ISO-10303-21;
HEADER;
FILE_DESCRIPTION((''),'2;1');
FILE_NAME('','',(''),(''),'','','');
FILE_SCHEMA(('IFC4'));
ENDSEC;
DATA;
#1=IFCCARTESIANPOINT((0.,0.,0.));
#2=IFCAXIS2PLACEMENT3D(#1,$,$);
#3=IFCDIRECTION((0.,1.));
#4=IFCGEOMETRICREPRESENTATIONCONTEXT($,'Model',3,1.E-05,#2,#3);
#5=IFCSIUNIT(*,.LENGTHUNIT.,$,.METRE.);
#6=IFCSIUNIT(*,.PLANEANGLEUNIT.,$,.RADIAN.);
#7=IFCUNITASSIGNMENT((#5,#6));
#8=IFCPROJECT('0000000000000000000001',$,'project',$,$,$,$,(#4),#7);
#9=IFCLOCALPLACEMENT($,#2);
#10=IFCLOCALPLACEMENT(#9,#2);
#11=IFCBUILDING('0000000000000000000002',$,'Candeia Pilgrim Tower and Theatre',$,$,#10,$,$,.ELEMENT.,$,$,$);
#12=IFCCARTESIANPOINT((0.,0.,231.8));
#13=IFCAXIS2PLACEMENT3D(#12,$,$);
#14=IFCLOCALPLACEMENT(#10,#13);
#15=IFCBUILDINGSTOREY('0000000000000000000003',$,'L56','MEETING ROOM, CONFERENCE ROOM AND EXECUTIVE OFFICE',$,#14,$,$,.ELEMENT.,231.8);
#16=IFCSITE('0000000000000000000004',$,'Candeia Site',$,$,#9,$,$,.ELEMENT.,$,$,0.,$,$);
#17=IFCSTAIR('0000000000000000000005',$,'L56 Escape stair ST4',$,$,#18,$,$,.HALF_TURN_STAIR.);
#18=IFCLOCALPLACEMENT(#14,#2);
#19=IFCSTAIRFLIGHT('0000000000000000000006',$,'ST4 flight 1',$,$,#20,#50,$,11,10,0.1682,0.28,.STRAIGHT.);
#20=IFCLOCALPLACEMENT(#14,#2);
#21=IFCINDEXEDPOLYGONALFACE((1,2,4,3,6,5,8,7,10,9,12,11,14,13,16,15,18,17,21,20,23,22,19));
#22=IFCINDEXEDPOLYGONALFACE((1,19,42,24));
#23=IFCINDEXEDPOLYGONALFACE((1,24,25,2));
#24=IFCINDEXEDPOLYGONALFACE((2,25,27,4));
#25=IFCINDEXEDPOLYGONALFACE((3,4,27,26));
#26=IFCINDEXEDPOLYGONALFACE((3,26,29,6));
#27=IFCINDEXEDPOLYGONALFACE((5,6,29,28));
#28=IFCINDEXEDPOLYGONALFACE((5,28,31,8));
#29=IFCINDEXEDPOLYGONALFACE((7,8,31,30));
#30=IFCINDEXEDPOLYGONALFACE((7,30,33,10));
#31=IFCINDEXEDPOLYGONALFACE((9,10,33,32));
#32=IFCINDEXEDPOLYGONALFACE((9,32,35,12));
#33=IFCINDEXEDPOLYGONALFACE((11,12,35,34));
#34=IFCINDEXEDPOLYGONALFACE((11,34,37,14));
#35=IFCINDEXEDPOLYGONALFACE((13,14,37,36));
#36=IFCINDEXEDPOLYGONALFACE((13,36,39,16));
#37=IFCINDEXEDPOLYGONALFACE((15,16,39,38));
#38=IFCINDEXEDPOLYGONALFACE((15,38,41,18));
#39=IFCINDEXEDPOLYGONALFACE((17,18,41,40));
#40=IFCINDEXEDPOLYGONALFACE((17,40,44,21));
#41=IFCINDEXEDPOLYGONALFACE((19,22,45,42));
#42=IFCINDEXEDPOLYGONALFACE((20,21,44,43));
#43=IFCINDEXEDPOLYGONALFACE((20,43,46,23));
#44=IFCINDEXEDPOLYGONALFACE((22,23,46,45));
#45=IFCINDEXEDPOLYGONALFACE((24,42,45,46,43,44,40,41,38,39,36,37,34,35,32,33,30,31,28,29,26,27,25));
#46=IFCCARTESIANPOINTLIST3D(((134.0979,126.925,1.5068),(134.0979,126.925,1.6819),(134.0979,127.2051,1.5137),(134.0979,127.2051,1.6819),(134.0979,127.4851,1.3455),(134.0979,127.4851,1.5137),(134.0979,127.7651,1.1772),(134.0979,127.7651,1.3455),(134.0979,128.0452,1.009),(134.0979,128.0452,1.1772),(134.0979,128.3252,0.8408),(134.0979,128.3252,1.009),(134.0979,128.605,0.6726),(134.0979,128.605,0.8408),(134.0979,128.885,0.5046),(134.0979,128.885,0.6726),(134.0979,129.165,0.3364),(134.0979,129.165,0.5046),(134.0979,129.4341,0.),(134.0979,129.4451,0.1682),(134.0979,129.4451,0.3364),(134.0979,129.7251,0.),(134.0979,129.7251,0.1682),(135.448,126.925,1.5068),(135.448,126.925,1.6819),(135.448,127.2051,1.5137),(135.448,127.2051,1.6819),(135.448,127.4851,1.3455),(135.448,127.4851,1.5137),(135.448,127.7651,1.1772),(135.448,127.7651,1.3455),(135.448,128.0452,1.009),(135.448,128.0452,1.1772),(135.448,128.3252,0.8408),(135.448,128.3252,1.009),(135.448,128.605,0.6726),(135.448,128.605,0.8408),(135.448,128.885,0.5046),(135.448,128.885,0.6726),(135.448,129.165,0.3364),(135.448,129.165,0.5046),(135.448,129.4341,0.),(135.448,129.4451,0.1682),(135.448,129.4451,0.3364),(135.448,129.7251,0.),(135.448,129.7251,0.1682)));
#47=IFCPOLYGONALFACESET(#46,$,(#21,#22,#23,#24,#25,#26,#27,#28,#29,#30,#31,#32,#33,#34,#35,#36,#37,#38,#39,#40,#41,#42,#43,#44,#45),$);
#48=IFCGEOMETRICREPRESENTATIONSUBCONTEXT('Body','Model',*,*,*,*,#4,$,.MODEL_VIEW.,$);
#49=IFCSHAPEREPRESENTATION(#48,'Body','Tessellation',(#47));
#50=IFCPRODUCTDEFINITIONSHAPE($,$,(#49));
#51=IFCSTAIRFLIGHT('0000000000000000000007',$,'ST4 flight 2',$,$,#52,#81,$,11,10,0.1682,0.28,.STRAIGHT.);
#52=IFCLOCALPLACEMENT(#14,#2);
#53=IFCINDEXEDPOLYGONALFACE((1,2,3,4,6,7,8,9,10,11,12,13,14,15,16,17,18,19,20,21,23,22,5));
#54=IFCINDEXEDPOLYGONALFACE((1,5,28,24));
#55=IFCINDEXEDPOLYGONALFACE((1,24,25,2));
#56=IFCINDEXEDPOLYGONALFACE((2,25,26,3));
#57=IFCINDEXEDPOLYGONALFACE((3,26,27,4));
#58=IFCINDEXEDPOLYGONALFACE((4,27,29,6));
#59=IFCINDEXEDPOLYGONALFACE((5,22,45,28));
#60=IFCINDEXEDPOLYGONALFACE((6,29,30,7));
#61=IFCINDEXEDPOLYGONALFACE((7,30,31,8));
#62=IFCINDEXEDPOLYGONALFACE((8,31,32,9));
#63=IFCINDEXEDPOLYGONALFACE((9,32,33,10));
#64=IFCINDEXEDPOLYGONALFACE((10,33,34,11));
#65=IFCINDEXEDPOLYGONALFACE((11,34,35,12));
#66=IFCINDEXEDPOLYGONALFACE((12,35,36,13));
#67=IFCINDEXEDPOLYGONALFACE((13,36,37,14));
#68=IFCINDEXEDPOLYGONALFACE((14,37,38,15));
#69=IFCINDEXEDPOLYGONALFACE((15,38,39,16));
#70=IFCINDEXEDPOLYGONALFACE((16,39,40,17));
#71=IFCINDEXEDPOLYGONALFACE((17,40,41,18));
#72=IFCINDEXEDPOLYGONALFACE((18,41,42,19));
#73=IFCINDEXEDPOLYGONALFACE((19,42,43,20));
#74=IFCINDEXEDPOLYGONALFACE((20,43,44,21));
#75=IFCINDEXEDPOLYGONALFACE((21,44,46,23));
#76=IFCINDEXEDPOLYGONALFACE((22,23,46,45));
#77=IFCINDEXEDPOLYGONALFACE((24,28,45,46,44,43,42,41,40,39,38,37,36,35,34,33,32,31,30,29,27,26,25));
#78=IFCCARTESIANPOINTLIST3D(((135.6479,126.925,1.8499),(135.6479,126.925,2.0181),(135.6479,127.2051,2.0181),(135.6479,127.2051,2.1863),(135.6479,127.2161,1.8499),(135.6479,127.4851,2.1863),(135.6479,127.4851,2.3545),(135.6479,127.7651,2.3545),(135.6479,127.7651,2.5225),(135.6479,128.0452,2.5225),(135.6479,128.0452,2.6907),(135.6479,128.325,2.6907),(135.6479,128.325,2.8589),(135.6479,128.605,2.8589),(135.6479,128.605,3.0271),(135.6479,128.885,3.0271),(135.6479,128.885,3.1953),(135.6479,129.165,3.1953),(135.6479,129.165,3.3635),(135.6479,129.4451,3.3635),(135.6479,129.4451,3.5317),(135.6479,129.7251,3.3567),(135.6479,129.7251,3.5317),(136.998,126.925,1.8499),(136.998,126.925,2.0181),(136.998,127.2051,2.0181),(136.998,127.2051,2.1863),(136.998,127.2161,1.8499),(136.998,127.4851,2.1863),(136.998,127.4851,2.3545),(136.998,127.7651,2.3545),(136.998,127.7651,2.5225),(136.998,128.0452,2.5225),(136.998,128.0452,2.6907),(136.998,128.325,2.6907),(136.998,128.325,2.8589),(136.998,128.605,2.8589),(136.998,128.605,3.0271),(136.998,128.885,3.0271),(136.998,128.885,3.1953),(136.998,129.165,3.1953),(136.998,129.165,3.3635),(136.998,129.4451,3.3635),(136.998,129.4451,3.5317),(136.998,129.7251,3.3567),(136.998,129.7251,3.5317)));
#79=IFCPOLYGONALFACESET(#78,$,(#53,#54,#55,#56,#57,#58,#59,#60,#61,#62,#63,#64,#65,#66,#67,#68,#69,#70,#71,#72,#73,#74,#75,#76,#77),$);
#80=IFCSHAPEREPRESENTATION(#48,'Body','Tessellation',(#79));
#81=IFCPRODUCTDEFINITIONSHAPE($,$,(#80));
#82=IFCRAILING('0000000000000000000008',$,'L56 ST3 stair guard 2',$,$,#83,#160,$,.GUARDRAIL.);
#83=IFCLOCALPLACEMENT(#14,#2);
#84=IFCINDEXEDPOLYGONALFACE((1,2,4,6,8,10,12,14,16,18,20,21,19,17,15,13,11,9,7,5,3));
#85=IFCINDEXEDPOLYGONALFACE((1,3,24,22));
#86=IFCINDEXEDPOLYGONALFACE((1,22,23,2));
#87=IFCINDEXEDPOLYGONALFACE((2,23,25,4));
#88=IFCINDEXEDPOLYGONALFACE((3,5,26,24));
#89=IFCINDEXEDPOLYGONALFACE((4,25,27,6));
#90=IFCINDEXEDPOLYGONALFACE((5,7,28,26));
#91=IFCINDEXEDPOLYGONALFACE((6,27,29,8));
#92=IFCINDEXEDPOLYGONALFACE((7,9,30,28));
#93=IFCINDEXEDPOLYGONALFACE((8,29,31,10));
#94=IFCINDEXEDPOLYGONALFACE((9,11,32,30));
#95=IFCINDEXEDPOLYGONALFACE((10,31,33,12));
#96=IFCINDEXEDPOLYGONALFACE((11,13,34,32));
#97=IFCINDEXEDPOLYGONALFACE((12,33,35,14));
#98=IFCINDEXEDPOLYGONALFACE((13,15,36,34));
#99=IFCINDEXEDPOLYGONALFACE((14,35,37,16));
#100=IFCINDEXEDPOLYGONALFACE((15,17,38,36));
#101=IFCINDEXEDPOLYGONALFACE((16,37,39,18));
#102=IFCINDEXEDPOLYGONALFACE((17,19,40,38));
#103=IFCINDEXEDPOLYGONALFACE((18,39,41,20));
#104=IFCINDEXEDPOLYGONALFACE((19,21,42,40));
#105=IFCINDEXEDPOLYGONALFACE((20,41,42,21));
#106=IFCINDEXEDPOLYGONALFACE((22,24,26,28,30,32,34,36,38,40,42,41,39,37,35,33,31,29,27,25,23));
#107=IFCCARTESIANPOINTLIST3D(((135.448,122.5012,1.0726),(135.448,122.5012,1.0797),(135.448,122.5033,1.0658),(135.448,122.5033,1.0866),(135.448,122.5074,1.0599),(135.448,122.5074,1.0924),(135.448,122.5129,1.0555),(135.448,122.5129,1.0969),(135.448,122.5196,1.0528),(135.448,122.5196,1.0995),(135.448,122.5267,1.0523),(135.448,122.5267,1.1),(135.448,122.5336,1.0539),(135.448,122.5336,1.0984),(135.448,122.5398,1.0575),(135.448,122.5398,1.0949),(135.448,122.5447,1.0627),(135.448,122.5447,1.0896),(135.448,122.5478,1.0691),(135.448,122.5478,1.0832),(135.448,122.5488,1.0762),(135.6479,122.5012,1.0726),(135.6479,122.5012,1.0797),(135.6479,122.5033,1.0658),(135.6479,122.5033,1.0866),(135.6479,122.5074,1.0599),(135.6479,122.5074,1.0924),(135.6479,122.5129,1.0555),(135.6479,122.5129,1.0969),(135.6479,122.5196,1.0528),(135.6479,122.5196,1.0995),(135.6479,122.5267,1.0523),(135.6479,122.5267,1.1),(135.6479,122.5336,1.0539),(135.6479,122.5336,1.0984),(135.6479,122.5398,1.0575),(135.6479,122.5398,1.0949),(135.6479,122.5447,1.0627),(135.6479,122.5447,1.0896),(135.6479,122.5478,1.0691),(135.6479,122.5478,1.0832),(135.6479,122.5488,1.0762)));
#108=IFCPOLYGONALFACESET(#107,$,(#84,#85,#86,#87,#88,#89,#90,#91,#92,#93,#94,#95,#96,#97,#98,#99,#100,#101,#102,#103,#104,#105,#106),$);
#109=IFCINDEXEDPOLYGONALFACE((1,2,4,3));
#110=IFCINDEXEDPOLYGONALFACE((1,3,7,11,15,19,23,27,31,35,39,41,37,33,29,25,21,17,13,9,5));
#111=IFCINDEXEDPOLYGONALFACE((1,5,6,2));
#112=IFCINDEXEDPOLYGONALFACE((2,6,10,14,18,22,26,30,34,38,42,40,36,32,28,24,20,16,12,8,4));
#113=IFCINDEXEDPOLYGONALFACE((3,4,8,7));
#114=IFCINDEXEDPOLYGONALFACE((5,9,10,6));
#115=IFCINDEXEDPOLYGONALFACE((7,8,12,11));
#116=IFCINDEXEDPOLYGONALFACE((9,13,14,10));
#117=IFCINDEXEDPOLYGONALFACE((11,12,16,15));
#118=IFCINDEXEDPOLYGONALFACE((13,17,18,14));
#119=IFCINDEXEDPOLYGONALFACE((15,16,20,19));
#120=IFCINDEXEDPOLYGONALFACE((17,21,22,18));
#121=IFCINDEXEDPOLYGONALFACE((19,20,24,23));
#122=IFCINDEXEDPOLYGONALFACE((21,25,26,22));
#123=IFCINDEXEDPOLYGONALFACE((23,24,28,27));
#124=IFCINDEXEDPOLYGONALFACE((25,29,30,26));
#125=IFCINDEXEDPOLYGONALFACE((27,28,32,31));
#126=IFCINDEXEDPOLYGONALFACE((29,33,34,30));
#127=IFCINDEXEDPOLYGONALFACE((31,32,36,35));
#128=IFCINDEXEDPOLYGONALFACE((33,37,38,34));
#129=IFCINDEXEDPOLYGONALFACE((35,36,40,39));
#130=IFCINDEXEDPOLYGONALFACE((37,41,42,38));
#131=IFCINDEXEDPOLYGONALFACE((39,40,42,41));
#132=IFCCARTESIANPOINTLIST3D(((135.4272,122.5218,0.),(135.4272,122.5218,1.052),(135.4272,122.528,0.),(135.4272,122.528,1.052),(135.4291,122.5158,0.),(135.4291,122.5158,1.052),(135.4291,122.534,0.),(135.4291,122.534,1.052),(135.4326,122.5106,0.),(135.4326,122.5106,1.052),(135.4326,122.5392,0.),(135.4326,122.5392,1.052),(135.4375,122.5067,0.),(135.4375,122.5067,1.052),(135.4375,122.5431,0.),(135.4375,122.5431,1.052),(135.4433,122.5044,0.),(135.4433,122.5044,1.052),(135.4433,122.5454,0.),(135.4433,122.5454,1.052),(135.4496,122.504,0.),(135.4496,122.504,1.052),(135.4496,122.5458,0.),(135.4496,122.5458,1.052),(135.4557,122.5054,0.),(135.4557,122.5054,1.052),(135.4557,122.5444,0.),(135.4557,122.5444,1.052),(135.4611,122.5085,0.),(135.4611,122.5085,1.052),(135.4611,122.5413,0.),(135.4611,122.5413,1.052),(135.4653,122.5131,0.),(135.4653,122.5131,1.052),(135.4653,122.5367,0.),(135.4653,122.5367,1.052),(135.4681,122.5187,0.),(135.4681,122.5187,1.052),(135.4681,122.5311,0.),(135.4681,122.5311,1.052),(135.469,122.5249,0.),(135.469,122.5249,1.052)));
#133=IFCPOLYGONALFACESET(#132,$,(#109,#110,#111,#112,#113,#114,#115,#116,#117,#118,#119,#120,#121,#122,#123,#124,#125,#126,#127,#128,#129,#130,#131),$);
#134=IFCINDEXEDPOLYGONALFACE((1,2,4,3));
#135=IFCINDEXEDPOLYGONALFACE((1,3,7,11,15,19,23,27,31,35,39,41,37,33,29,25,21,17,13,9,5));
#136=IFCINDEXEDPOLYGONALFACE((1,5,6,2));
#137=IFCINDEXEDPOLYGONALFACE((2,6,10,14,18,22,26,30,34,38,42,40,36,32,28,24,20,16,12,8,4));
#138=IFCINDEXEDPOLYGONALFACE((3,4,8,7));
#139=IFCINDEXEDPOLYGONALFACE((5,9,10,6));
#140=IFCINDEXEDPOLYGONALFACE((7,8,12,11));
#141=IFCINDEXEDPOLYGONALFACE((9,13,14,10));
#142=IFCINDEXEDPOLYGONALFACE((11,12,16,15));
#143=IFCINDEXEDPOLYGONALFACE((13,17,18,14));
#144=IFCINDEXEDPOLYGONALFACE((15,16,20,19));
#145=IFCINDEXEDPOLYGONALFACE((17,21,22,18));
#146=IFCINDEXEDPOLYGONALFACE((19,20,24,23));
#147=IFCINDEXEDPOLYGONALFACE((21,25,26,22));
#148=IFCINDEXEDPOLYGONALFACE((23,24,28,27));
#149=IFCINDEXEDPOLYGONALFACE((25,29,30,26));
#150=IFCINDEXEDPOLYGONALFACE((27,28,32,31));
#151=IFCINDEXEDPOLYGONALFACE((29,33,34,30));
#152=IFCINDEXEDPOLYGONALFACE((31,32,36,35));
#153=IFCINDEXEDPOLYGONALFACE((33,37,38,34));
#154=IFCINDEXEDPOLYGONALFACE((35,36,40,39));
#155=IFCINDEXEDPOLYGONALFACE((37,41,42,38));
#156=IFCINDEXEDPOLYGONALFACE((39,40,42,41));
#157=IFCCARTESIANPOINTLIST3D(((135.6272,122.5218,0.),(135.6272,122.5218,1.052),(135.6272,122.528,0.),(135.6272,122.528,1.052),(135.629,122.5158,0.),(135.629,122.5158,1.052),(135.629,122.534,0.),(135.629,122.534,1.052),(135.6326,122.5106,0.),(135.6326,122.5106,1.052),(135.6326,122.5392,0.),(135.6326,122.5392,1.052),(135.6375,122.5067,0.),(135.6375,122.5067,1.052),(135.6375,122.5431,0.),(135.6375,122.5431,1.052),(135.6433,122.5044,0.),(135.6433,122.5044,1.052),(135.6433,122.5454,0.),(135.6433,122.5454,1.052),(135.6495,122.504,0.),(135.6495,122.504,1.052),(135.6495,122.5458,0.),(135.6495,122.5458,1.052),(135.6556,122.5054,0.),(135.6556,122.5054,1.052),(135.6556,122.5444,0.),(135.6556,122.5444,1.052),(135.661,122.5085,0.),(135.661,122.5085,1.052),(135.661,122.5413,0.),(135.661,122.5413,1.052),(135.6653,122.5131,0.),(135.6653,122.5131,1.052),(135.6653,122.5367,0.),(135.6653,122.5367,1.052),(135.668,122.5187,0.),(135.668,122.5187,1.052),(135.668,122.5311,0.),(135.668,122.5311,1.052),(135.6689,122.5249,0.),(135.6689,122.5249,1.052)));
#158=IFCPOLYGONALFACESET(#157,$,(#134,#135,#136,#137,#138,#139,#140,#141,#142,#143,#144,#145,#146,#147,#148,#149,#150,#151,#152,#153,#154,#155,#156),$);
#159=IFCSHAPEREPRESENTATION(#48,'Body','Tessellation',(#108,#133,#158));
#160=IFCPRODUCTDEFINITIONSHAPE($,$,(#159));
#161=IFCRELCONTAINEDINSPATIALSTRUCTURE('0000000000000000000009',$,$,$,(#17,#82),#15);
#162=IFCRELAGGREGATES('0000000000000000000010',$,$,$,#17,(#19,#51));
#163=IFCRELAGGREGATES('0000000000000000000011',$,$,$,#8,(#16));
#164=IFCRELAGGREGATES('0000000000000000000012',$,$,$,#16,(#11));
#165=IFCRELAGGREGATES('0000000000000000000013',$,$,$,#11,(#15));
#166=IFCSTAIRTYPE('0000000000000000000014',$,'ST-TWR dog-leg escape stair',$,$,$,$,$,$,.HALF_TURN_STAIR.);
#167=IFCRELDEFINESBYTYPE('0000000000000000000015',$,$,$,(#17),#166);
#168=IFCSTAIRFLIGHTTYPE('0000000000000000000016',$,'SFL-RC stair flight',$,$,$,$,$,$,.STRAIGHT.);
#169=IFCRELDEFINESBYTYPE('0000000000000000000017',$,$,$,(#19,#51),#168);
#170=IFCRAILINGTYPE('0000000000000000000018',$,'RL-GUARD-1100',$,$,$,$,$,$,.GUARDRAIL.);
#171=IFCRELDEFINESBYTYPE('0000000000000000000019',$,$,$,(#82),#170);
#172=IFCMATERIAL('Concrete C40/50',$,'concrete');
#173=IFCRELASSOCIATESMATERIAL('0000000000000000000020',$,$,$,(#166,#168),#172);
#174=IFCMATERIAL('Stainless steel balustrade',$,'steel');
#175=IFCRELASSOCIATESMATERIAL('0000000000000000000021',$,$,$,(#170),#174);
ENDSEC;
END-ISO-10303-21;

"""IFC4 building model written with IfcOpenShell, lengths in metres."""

from ifc_helpers import new_model, si_unit, direction, frame, origin, origin_2d, place, context, subcontext, project, spatial, polyline, circle, outline, extrude, material, type_object, element, aggregate, save


model = new_model("IFC4")

# Units and contexts
model_context = context("Model", 3, precision=1e-05, world=origin(), true_north=direction((0.0, 1.0)))
body_context = subcontext(model_context, "Body", "Model", "MODEL_VIEW")
ifc_project = project(units=[si_unit("LENGTHUNIT", "METRE"), si_unit("PLANEANGLEUNIT", "RADIAN")], contexts=[model_context])

# Site, building, storey
site_placement = place(None, origin())
site = spatial("IfcSite", under=ifc_project, at=site_placement, Name="Candeia Site", CompositionType="ELEMENT", RefElevation=0.0)
building_placement = place(site_placement, origin())
building = spatial("IfcBuilding", under=site, at=building_placement, Name="Candeia Pilgrim Tower and Theatre", CompositionType="ELEMENT")
storey_placement = place(building_placement, frame((0.0, 0.0, 231.8)))
storey = spatial("IfcBuildingStorey", under=building, at=storey_placement, Name="L56", Description="MEETING ROOM, CONFERENCE ROOM AND EXECUTIVE OFFICE", CompositionType="ELEMENT", Elevation=231.8)

# Shared definitions
ifc_material_1 = material(Name="Concrete C40/50", Category="concrete")

# Stair, stair flights
stair_type = type_object("IfcStairType", Name="ST-TWR dog-leg escape stair", PredefinedType="HALF_TURN_STAIR", material=ifc_material_1)
stair_flight_type = type_object("IfcStairFlightType", Name="SFL-RC stair flight", PredefinedType="STRAIGHT", material=ifc_material_1)
stair_1_placement = place(storey_placement, origin())
stair_1 = element("IfcStair", 1, at=stair_1_placement, inside=storey, type_object=stair_type, Name="L56 Escape stair ST4", PredefinedType="HALF_TURN_STAIR")
stair_flight_1_placement = place(storey_placement, frame((134.7729, 129.7251, 0.0), z_axis=(0.0, 0.0, 1.0), x_axis=(0.0, -1.0, 0.0)))
stair_flight_1 = element("IfcStairFlight", 2, at=stair_flight_1_placement, type_object=stair_flight_type, Name="ST4 flight 1", NumberOfRisers=11, NumberOfTreads=10, PredefinedType="STRAIGHT", RiserHeight=0.1682, TreadLength=0.28, context=body_context, shape_type="SweptSolid", body=[
    extrude(outline(polyline([(0.0, 0.0), (0.0, 0.1682), (0.28, 0.1682), (0.28, 0.3364), (0.5601, 0.3364), (0.5601, 0.5046), (0.8401, 0.5046), (0.8401, 0.6726), (1.1201, 0.6726), (1.1201, 0.8408), (1.3999, 0.8408), (1.3999, 1.009), (1.6799, 1.009), (1.6799, 1.1772), (1.96, 1.1772), (1.96, 1.3455), (2.24, 1.3455), (2.24, 1.5137), (2.52, 1.5137), (2.52, 1.6819), (2.8, 1.6819), (2.8, 1.8501), (2.8, 1.5068), (0.291, 0.0), (0.0, 0.0)])), frame((0.0, 0.675, 0.0), z_axis=(0.0, -1.0, 0.0), x_axis=(1.0, 0.0, 0.0)), (0.0, 0.0, 1.0), 1.3501),
])
stair_flight_2_placement = place(storey_placement, frame((136.323, 126.925, 1.8499), z_axis=(0.0, 0.0, 1.0), x_axis=(0.0, 1.0, 0.0)))
stair_flight_2 = element("IfcStairFlight", 3, at=stair_flight_2_placement, type_object=stair_flight_type, Name="ST4 flight 2", NumberOfRisers=11, NumberOfTreads=10, PredefinedType="STRAIGHT", RiserHeight=0.1682, TreadLength=0.28, context=body_context, shape_type="SweptSolid", body=[
    extrude(outline(polyline([(0.0, 0.0), (0.0, 0.1682), (0.28, 0.1682), (0.28, 0.3364), (0.5601, 0.3364), (0.5601, 0.5046), (0.8401, 0.5046), (0.8401, 0.6726), (1.1201, 0.6726), (1.1201, 0.8408), (1.3999, 0.8408), (1.3999, 1.009), (1.6799, 1.009), (1.6799, 1.1772), (1.96, 1.1772), (1.96, 1.3455), (2.24, 1.3455), (2.24, 1.5137), (2.52, 1.5137), (2.52, 1.6819), (2.8, 1.6819), (2.8, 1.8501), (2.8, 1.5068), (0.291, 0.0), (0.0, 0.0)])), frame((0.0, 0.675, 0.0), z_axis=(0.0, -1.0, 0.0), x_axis=(1.0, 0.0, 0.0)), (0.0, 0.0, 1.0), 1.3501),
])
aggregate(stair_1, [stair_flight_1, stair_flight_2])

# Railing
ifc_material_2 = material(Name="Stainless steel balustrade", Category="steel")
railing_type_1 = type_object("IfcRailingType", Name="RL-GUARD-1100", PredefinedType="GUARDRAIL", material=ifc_material_2)
railing_1_placement = place(storey_placement, frame((135.448, 122.5249, 0.0)))
element("IfcRailing", 4, at=railing_1_placement, inside=storey, type_object=railing_type_1, Name="L56 ST3 stair guard 2", PredefinedType="GUARDRAIL", context=body_context, shape_type="SweptSolid", body=[
    extrude(circle(Radius=0.0239, at=origin_2d()), frame((0.0, 0.0, 1.0762), z_axis=(1.0, 0.0, 0.0), x_axis=(0.0, 1.0, 0.0)), (0.0, 0.0, 1.0), 0.2),
    extrude(circle(Radius=0.021, at=origin_2d()), origin(), (0.0, 0.0, 1.0), 1.052),
    extrude(circle(Radius=0.021, at=origin_2d()), frame((0.2, 0.0, 0.0)), (0.0, 0.0, 1.0), 1.052),
])

save(model, "model.ifc")
